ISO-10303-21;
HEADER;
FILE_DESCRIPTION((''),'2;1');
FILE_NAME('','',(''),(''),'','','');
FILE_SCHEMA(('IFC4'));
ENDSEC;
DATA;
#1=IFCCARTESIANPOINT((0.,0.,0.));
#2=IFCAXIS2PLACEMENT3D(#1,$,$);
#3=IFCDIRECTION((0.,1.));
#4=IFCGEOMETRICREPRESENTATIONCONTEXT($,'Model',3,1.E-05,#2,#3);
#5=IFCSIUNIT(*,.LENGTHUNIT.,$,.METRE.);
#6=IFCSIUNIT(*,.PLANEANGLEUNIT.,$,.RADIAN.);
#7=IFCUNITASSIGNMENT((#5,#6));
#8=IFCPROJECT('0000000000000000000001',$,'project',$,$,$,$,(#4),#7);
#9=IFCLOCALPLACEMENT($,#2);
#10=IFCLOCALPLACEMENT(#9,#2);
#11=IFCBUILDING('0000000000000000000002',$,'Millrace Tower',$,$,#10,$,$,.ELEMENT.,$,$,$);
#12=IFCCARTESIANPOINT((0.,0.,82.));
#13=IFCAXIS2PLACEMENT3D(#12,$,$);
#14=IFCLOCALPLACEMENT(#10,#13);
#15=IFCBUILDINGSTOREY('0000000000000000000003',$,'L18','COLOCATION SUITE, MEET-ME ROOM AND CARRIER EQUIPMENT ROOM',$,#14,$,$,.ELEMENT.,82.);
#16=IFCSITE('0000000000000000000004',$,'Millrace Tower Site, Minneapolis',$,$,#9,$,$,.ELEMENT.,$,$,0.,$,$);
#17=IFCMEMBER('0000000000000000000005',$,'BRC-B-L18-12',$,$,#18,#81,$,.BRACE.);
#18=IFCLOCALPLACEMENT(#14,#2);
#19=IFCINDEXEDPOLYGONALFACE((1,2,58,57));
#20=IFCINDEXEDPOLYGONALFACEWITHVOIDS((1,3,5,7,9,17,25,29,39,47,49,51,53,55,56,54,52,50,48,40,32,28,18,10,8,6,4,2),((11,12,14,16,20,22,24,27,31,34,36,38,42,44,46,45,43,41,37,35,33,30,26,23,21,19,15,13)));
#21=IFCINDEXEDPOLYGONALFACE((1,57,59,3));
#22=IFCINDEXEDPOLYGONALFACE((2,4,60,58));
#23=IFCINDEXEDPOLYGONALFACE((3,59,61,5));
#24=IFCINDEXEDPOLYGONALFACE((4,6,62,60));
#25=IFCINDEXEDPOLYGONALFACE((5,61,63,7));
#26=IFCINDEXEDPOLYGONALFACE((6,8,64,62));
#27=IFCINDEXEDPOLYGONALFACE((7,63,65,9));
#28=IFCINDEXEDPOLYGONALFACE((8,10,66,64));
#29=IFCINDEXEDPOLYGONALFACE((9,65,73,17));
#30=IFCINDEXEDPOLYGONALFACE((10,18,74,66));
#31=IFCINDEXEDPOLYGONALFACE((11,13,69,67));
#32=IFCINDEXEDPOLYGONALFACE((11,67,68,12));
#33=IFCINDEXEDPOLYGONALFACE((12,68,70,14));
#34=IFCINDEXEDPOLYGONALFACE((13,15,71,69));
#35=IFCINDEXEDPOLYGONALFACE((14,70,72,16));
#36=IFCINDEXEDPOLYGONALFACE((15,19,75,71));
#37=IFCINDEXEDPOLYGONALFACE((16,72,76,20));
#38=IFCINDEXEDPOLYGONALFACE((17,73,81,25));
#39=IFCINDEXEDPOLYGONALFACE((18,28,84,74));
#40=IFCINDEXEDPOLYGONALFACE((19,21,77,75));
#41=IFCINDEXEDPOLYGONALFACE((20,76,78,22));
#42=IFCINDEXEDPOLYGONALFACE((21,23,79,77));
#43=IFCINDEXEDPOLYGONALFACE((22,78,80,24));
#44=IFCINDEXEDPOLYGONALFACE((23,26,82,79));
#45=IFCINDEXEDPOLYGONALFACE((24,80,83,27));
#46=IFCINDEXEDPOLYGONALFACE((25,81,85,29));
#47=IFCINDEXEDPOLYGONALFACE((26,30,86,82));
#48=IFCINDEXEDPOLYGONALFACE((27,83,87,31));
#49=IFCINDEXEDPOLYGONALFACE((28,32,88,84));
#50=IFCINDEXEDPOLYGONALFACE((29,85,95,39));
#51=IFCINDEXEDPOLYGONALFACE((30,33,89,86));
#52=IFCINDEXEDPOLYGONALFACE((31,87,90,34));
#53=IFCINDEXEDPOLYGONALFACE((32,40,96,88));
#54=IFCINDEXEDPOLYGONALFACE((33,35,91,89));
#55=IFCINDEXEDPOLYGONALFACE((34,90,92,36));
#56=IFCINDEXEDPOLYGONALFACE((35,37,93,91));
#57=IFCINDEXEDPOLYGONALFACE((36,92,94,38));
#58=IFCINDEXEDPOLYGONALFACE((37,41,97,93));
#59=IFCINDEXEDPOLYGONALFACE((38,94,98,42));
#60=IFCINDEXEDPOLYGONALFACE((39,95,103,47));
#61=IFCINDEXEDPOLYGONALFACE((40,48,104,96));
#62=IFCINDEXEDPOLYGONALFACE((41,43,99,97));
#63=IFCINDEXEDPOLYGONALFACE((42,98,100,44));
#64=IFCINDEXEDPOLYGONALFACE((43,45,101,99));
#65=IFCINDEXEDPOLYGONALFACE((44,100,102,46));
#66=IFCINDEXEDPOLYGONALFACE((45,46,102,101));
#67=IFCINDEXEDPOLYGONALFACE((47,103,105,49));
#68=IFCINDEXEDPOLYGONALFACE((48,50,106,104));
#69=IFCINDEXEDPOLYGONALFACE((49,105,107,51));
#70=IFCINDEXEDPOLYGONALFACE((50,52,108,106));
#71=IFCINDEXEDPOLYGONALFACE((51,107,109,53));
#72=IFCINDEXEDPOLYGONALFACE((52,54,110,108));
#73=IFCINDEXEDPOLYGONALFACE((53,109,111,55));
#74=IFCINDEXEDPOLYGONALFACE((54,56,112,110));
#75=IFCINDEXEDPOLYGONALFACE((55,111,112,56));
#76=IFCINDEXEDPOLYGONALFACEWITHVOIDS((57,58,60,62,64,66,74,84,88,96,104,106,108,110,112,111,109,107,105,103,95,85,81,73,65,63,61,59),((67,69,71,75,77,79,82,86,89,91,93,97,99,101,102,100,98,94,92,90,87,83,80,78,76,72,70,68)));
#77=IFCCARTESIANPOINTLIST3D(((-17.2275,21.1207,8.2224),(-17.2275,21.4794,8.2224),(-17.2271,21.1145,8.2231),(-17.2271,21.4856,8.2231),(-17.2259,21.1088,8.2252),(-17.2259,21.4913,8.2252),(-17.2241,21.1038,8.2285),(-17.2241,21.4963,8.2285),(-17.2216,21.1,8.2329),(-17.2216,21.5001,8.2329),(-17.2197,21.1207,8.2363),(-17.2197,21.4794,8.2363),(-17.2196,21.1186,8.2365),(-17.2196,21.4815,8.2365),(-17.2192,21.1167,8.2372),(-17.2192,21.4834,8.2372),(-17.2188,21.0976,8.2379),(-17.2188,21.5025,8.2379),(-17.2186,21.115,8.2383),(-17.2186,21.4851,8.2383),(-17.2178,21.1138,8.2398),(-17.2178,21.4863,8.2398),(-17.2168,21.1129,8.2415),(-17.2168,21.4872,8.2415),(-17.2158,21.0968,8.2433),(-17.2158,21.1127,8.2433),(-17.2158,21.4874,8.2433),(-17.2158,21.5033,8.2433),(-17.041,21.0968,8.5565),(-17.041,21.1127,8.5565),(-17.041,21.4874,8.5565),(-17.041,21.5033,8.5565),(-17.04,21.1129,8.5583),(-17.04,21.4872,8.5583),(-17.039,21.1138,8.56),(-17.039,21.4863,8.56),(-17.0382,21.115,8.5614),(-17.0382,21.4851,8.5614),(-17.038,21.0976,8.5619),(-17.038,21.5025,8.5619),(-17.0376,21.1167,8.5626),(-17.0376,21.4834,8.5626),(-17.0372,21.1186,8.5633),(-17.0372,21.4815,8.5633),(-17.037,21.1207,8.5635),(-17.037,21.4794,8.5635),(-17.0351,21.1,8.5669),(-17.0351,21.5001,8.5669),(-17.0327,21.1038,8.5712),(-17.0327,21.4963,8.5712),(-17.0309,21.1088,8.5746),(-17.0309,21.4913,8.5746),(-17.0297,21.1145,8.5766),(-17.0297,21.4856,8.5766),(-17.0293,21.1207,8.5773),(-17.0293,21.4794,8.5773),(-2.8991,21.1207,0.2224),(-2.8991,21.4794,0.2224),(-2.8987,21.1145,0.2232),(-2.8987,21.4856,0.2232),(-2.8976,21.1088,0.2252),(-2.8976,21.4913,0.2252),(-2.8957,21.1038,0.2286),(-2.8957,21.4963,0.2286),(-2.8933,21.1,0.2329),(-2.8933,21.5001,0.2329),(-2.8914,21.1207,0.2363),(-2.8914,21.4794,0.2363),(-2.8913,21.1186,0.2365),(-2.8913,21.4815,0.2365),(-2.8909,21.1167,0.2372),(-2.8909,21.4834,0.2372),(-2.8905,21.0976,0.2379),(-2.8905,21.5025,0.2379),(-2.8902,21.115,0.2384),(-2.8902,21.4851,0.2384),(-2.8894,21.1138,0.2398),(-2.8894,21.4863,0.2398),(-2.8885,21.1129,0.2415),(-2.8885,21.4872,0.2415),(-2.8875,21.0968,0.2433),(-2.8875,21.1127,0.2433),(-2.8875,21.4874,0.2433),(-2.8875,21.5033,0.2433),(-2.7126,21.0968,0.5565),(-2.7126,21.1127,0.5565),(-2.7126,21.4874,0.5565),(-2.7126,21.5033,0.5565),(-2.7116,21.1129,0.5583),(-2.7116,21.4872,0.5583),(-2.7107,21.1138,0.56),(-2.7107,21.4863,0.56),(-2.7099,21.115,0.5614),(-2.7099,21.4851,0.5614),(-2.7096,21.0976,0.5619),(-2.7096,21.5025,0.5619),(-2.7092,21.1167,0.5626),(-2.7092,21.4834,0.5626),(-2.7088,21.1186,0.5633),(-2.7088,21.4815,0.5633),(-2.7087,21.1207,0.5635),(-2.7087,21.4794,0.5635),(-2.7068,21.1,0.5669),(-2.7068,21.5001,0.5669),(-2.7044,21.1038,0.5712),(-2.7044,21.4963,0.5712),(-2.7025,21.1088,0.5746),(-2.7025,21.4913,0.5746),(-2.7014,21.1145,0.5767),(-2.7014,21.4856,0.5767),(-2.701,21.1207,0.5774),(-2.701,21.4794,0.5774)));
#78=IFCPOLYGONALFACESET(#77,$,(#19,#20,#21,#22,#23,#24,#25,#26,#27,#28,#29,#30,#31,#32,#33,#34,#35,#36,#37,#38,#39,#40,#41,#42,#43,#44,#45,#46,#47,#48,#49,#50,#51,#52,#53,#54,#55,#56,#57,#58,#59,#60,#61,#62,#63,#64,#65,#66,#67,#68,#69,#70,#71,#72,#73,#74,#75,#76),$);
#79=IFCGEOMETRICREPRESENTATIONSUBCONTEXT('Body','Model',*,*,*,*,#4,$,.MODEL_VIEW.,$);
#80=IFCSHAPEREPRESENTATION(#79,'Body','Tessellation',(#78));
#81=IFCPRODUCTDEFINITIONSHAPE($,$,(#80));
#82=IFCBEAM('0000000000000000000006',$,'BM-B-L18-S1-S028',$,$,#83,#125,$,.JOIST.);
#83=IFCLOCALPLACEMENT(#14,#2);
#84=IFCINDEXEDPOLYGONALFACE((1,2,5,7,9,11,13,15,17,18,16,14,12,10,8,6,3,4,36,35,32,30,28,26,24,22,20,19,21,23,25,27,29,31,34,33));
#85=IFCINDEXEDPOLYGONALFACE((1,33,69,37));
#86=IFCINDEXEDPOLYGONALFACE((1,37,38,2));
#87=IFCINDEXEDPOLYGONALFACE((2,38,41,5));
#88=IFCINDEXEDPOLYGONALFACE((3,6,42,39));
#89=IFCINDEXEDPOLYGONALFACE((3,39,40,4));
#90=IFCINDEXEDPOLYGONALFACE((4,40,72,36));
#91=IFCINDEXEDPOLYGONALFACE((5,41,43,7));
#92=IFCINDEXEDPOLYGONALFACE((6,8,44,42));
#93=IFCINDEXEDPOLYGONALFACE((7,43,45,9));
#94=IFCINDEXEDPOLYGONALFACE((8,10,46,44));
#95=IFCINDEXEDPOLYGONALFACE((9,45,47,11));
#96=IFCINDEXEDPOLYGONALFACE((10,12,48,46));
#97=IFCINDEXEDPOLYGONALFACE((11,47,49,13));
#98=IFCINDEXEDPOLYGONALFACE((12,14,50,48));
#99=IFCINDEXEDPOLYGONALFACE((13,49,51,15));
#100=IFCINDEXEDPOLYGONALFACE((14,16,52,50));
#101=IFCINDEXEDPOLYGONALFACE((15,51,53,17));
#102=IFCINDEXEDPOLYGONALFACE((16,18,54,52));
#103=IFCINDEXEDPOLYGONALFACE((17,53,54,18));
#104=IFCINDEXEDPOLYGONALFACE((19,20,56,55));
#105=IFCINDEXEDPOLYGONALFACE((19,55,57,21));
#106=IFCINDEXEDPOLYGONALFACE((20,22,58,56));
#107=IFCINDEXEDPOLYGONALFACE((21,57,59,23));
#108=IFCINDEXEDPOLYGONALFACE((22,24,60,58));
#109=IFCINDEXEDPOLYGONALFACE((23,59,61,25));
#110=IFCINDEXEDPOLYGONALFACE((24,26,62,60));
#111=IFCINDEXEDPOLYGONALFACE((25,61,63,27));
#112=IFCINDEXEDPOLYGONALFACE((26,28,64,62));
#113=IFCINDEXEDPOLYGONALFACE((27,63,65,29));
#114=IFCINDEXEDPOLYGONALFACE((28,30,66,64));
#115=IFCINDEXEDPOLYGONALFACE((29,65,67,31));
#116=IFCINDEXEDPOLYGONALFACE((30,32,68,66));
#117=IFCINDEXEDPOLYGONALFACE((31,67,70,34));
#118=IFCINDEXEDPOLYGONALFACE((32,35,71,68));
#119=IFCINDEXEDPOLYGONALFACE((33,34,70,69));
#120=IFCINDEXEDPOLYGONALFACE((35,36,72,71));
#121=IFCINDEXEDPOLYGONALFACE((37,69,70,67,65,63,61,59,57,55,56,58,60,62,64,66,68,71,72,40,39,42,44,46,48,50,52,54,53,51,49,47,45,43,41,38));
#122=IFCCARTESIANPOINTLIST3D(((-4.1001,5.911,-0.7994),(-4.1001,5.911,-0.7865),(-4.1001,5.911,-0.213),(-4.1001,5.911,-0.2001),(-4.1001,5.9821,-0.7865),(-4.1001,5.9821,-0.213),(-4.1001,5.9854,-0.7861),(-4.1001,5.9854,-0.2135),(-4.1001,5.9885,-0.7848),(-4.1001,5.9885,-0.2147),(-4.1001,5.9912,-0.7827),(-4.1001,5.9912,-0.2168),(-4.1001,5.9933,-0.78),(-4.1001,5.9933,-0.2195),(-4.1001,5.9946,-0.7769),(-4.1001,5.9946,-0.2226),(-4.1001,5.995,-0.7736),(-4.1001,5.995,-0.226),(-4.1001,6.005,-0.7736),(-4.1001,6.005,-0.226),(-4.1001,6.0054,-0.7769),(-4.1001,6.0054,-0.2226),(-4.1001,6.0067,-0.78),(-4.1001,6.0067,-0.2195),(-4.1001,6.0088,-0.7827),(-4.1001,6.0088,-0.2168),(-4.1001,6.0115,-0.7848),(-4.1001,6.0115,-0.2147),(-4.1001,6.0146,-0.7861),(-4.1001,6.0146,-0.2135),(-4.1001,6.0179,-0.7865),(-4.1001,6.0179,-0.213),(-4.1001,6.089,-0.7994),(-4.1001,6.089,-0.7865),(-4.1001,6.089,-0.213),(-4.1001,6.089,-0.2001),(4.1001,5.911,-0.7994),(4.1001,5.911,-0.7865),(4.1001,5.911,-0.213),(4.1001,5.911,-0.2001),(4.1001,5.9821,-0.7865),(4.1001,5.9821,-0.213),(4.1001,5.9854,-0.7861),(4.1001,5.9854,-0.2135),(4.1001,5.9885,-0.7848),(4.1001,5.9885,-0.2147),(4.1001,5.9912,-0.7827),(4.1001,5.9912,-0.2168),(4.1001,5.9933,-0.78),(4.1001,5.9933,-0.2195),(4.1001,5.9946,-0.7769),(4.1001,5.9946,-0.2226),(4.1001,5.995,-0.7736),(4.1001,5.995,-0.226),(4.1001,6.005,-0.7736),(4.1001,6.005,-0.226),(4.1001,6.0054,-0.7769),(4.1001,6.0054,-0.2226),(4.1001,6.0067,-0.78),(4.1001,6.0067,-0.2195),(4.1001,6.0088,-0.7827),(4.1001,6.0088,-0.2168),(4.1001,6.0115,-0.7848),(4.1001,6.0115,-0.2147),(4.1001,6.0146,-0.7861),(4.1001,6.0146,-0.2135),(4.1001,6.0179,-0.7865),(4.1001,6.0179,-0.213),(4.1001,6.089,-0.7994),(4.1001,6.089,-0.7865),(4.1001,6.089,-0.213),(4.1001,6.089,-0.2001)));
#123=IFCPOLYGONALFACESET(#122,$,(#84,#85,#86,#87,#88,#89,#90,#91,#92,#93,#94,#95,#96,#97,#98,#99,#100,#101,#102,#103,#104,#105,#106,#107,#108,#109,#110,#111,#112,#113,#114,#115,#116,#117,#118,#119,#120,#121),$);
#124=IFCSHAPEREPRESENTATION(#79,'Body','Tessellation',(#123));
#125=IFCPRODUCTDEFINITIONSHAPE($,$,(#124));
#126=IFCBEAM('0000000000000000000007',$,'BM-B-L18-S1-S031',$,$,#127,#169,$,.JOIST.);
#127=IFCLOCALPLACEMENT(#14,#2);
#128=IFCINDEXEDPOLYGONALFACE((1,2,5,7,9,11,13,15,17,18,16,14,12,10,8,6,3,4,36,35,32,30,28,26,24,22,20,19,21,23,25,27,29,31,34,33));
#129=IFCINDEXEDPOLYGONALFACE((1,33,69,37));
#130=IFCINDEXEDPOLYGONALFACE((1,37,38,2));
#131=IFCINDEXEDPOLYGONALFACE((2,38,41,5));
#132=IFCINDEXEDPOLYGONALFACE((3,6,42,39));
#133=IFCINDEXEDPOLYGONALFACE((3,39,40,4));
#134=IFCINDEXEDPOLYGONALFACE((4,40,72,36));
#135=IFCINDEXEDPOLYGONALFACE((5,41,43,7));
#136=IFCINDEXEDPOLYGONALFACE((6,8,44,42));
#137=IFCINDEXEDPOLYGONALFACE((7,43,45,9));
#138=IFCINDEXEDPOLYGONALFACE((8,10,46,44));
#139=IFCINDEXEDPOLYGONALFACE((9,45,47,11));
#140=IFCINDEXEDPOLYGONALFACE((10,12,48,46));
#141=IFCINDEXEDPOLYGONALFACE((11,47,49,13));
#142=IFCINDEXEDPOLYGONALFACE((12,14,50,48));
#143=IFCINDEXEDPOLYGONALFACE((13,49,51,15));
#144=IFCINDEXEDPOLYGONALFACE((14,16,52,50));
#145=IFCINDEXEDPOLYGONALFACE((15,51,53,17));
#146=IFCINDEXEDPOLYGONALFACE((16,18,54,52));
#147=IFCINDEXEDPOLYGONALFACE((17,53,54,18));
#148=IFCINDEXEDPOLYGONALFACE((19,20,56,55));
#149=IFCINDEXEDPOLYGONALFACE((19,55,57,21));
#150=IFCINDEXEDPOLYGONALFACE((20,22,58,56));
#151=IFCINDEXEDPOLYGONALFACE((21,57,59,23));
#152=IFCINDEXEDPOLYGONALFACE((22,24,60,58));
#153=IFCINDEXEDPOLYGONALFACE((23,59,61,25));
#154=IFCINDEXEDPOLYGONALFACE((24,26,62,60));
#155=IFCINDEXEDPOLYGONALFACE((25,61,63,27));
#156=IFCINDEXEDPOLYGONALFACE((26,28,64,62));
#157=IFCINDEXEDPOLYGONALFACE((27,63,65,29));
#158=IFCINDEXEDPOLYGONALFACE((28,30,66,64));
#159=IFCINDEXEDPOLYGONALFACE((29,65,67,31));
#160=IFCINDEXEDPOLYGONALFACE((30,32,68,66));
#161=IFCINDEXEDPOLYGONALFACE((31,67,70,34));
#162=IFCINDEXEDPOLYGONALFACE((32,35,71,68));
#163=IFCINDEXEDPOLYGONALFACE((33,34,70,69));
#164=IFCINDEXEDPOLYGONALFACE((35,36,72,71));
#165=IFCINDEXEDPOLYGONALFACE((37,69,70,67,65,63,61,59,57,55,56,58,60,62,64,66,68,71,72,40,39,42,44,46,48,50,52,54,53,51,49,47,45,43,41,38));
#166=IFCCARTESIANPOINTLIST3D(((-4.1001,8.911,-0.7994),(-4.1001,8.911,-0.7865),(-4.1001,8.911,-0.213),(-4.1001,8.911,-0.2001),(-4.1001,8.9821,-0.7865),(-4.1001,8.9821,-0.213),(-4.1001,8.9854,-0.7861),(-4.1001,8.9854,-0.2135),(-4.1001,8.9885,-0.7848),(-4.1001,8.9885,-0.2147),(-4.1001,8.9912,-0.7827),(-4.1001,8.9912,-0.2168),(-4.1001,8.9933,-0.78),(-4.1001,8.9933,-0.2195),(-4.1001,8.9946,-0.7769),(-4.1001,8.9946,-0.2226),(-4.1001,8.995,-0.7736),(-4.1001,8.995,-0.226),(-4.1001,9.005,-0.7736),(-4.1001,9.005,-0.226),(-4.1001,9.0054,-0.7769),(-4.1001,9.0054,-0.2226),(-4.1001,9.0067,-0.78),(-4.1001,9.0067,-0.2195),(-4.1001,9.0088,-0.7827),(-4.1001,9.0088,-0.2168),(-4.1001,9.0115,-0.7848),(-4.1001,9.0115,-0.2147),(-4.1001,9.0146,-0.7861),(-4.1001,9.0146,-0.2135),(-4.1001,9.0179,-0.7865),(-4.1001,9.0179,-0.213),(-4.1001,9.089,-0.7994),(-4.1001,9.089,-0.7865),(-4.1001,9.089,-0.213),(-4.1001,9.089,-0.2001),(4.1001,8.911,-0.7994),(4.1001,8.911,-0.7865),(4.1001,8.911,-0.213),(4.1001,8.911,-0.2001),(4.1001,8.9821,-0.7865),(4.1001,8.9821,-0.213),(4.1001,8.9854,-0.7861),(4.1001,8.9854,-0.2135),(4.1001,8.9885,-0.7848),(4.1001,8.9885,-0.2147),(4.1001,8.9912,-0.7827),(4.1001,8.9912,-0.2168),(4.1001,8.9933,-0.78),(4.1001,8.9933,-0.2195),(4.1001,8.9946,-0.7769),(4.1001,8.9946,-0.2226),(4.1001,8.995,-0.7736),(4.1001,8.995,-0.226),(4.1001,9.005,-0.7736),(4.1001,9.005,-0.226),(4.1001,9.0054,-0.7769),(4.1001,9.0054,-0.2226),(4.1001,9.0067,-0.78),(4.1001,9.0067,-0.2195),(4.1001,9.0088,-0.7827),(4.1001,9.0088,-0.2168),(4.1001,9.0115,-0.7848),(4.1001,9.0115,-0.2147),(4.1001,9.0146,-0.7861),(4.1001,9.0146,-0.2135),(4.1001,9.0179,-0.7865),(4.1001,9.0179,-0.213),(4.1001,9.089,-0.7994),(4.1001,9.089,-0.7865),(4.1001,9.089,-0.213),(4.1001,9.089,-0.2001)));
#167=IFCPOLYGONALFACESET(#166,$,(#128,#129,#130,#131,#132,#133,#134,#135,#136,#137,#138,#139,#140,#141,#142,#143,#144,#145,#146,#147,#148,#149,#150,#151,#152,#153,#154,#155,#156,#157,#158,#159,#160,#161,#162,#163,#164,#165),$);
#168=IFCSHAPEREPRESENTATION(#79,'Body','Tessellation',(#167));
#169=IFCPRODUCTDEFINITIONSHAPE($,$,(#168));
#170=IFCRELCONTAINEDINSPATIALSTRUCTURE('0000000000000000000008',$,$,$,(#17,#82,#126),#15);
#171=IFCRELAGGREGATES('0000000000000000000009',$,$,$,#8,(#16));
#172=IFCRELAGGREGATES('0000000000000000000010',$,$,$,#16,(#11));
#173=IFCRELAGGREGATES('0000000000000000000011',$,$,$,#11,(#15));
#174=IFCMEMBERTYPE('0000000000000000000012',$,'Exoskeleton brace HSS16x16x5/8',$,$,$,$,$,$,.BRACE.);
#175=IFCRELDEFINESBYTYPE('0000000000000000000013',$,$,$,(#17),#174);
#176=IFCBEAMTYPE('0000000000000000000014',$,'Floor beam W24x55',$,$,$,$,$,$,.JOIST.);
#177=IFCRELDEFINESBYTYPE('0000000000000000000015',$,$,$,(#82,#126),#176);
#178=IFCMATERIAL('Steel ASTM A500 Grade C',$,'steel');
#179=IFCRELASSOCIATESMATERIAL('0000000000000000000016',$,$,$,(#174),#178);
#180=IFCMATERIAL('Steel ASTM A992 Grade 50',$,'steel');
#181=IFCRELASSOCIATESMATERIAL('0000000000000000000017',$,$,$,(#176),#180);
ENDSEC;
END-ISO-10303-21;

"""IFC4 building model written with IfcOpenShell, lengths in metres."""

from ifc_helpers import new_model, si_unit, direction, frame, origin, origin_2d, place, context, subcontext, project, spatial, hollow_rectangle, i_section, extrude, material, material_profile, profile_set, type_object, element, save


model = new_model("IFC4")

# Units and contexts
model_context = context("Model", 3, precision=1e-05, world=origin(), true_north=direction((0.0, 1.0)))
body_context = subcontext(model_context, "Body", "Model", "MODEL_VIEW")
ifc_project = project(units=[si_unit("LENGTHUNIT", "METRE"), si_unit("PLANEANGLEUNIT", "RADIAN")], contexts=[model_context])

# Site, building, storey
site_placement = place(None, origin())
site = spatial("IfcSite", under=ifc_project, at=site_placement, Name="Millrace Tower Site, Minneapolis", CompositionType="ELEMENT", RefElevation=0.0)
building_placement = place(site_placement, origin())
building = spatial("IfcBuilding", under=site, at=building_placement, Name="Millrace Tower", CompositionType="ELEMENT")
storey_placement = place(building_placement, frame((0.0, 0.0, 82.0)))
storey = spatial("IfcBuildingStorey", under=building, at=storey_placement, Name="L18", Description="COLOCATION SUITE, MEET-ME ROOM AND CARRIER EQUIPMENT ROOM", CompositionType="ELEMENT", Elevation=82.0)

# Member
ifc_material_1 = material(Name="Steel ASTM A500 Grade C", Category="steel")
ifc_material_profile_1 = material_profile(ifc_material_1, hollow_rectangle(XDim=0.4065, YDim=0.4065, WallThickness=0.0159, InnerFilletRadius=0.0081, OuterFilletRadius=0.0239, at=origin_2d()))
ifc_profile_set_1 = profile_set([ifc_material_profile_1], Name="Steel ASTM A500 Grade C")
member_type_1 = type_object("IfcMemberType", Name="Exoskeleton brace HSS16x16x5/8", PredefinedType="BRACE", material=ifc_profile_set_1)
member_1_placement = place(storey_placement, frame((-2.8, 21.3, 0.3999), z_axis=(-0.873126, 0.0, 0.487495), x_axis=(0.0, -1.0, 0.0)))
element("IfcMember", 1, at=member_1_placement, inside=storey, type_object=member_type_1, Name="BRC-B-L18-12", PredefinedType="BRACE", context=body_context, shape_type="SweptSolid", body=[
    extrude(hollow_rectangle(XDim=0.4065, YDim=0.4065, WallThickness=0.0159, InnerFilletRadius=0.0081, OuterFilletRadius=0.0239, at=origin_2d()), origin(), (0.0, 0.0, 1.0), 16.4104),
])

# Beams
ifc_material_2 = material(Name="Steel ASTM A992 Grade 50", Category="steel")
ifc_material_profile_2 = material_profile(ifc_material_2, i_section(OverallWidth=0.178, OverallDepth=0.5994, WebThickness=0.01, FlangeThickness=0.0129, FilletRadius=0.0129, at=origin_2d()))
ifc_profile_set_2 = profile_set([ifc_material_profile_2], Name="Steel ASTM A992 Grade 50")
beam_type_1 = type_object("IfcBeamType", Name="Floor beam W24x55", PredefinedType="JOIST", material=ifc_profile_set_2)
for number, where, z_axis, x_axis, name in (
    (2, (-4.1001, 6.0, -0.4998), (1.0, 0.0, 0.0), (0.0, 1.0, 0.0), "BM-B-L18-S1-S028"),
    (3, (-4.1001, 9.0, -0.4998), (1.0, 0.0, 0.0), (0.0, 1.0, 0.0), "BM-B-L18-S1-S031"),
):
    element("IfcBeam", number, at=place(storey_placement, frame(where, z_axis=z_axis, x_axis=x_axis)), inside=storey, type_object=beam_type_1, Name=name, PredefinedType="JOIST", context=body_context, shape_type="SweptSolid", body=[
        extrude(i_section(OverallWidth=0.178, OverallDepth=0.5994, WebThickness=0.01, FlangeThickness=0.0129, FilletRadius=0.0129, at=origin_2d()), origin(), (0.0, 0.0, 1.0), 8.2002),
    ])

save(model, "model.ifc")
